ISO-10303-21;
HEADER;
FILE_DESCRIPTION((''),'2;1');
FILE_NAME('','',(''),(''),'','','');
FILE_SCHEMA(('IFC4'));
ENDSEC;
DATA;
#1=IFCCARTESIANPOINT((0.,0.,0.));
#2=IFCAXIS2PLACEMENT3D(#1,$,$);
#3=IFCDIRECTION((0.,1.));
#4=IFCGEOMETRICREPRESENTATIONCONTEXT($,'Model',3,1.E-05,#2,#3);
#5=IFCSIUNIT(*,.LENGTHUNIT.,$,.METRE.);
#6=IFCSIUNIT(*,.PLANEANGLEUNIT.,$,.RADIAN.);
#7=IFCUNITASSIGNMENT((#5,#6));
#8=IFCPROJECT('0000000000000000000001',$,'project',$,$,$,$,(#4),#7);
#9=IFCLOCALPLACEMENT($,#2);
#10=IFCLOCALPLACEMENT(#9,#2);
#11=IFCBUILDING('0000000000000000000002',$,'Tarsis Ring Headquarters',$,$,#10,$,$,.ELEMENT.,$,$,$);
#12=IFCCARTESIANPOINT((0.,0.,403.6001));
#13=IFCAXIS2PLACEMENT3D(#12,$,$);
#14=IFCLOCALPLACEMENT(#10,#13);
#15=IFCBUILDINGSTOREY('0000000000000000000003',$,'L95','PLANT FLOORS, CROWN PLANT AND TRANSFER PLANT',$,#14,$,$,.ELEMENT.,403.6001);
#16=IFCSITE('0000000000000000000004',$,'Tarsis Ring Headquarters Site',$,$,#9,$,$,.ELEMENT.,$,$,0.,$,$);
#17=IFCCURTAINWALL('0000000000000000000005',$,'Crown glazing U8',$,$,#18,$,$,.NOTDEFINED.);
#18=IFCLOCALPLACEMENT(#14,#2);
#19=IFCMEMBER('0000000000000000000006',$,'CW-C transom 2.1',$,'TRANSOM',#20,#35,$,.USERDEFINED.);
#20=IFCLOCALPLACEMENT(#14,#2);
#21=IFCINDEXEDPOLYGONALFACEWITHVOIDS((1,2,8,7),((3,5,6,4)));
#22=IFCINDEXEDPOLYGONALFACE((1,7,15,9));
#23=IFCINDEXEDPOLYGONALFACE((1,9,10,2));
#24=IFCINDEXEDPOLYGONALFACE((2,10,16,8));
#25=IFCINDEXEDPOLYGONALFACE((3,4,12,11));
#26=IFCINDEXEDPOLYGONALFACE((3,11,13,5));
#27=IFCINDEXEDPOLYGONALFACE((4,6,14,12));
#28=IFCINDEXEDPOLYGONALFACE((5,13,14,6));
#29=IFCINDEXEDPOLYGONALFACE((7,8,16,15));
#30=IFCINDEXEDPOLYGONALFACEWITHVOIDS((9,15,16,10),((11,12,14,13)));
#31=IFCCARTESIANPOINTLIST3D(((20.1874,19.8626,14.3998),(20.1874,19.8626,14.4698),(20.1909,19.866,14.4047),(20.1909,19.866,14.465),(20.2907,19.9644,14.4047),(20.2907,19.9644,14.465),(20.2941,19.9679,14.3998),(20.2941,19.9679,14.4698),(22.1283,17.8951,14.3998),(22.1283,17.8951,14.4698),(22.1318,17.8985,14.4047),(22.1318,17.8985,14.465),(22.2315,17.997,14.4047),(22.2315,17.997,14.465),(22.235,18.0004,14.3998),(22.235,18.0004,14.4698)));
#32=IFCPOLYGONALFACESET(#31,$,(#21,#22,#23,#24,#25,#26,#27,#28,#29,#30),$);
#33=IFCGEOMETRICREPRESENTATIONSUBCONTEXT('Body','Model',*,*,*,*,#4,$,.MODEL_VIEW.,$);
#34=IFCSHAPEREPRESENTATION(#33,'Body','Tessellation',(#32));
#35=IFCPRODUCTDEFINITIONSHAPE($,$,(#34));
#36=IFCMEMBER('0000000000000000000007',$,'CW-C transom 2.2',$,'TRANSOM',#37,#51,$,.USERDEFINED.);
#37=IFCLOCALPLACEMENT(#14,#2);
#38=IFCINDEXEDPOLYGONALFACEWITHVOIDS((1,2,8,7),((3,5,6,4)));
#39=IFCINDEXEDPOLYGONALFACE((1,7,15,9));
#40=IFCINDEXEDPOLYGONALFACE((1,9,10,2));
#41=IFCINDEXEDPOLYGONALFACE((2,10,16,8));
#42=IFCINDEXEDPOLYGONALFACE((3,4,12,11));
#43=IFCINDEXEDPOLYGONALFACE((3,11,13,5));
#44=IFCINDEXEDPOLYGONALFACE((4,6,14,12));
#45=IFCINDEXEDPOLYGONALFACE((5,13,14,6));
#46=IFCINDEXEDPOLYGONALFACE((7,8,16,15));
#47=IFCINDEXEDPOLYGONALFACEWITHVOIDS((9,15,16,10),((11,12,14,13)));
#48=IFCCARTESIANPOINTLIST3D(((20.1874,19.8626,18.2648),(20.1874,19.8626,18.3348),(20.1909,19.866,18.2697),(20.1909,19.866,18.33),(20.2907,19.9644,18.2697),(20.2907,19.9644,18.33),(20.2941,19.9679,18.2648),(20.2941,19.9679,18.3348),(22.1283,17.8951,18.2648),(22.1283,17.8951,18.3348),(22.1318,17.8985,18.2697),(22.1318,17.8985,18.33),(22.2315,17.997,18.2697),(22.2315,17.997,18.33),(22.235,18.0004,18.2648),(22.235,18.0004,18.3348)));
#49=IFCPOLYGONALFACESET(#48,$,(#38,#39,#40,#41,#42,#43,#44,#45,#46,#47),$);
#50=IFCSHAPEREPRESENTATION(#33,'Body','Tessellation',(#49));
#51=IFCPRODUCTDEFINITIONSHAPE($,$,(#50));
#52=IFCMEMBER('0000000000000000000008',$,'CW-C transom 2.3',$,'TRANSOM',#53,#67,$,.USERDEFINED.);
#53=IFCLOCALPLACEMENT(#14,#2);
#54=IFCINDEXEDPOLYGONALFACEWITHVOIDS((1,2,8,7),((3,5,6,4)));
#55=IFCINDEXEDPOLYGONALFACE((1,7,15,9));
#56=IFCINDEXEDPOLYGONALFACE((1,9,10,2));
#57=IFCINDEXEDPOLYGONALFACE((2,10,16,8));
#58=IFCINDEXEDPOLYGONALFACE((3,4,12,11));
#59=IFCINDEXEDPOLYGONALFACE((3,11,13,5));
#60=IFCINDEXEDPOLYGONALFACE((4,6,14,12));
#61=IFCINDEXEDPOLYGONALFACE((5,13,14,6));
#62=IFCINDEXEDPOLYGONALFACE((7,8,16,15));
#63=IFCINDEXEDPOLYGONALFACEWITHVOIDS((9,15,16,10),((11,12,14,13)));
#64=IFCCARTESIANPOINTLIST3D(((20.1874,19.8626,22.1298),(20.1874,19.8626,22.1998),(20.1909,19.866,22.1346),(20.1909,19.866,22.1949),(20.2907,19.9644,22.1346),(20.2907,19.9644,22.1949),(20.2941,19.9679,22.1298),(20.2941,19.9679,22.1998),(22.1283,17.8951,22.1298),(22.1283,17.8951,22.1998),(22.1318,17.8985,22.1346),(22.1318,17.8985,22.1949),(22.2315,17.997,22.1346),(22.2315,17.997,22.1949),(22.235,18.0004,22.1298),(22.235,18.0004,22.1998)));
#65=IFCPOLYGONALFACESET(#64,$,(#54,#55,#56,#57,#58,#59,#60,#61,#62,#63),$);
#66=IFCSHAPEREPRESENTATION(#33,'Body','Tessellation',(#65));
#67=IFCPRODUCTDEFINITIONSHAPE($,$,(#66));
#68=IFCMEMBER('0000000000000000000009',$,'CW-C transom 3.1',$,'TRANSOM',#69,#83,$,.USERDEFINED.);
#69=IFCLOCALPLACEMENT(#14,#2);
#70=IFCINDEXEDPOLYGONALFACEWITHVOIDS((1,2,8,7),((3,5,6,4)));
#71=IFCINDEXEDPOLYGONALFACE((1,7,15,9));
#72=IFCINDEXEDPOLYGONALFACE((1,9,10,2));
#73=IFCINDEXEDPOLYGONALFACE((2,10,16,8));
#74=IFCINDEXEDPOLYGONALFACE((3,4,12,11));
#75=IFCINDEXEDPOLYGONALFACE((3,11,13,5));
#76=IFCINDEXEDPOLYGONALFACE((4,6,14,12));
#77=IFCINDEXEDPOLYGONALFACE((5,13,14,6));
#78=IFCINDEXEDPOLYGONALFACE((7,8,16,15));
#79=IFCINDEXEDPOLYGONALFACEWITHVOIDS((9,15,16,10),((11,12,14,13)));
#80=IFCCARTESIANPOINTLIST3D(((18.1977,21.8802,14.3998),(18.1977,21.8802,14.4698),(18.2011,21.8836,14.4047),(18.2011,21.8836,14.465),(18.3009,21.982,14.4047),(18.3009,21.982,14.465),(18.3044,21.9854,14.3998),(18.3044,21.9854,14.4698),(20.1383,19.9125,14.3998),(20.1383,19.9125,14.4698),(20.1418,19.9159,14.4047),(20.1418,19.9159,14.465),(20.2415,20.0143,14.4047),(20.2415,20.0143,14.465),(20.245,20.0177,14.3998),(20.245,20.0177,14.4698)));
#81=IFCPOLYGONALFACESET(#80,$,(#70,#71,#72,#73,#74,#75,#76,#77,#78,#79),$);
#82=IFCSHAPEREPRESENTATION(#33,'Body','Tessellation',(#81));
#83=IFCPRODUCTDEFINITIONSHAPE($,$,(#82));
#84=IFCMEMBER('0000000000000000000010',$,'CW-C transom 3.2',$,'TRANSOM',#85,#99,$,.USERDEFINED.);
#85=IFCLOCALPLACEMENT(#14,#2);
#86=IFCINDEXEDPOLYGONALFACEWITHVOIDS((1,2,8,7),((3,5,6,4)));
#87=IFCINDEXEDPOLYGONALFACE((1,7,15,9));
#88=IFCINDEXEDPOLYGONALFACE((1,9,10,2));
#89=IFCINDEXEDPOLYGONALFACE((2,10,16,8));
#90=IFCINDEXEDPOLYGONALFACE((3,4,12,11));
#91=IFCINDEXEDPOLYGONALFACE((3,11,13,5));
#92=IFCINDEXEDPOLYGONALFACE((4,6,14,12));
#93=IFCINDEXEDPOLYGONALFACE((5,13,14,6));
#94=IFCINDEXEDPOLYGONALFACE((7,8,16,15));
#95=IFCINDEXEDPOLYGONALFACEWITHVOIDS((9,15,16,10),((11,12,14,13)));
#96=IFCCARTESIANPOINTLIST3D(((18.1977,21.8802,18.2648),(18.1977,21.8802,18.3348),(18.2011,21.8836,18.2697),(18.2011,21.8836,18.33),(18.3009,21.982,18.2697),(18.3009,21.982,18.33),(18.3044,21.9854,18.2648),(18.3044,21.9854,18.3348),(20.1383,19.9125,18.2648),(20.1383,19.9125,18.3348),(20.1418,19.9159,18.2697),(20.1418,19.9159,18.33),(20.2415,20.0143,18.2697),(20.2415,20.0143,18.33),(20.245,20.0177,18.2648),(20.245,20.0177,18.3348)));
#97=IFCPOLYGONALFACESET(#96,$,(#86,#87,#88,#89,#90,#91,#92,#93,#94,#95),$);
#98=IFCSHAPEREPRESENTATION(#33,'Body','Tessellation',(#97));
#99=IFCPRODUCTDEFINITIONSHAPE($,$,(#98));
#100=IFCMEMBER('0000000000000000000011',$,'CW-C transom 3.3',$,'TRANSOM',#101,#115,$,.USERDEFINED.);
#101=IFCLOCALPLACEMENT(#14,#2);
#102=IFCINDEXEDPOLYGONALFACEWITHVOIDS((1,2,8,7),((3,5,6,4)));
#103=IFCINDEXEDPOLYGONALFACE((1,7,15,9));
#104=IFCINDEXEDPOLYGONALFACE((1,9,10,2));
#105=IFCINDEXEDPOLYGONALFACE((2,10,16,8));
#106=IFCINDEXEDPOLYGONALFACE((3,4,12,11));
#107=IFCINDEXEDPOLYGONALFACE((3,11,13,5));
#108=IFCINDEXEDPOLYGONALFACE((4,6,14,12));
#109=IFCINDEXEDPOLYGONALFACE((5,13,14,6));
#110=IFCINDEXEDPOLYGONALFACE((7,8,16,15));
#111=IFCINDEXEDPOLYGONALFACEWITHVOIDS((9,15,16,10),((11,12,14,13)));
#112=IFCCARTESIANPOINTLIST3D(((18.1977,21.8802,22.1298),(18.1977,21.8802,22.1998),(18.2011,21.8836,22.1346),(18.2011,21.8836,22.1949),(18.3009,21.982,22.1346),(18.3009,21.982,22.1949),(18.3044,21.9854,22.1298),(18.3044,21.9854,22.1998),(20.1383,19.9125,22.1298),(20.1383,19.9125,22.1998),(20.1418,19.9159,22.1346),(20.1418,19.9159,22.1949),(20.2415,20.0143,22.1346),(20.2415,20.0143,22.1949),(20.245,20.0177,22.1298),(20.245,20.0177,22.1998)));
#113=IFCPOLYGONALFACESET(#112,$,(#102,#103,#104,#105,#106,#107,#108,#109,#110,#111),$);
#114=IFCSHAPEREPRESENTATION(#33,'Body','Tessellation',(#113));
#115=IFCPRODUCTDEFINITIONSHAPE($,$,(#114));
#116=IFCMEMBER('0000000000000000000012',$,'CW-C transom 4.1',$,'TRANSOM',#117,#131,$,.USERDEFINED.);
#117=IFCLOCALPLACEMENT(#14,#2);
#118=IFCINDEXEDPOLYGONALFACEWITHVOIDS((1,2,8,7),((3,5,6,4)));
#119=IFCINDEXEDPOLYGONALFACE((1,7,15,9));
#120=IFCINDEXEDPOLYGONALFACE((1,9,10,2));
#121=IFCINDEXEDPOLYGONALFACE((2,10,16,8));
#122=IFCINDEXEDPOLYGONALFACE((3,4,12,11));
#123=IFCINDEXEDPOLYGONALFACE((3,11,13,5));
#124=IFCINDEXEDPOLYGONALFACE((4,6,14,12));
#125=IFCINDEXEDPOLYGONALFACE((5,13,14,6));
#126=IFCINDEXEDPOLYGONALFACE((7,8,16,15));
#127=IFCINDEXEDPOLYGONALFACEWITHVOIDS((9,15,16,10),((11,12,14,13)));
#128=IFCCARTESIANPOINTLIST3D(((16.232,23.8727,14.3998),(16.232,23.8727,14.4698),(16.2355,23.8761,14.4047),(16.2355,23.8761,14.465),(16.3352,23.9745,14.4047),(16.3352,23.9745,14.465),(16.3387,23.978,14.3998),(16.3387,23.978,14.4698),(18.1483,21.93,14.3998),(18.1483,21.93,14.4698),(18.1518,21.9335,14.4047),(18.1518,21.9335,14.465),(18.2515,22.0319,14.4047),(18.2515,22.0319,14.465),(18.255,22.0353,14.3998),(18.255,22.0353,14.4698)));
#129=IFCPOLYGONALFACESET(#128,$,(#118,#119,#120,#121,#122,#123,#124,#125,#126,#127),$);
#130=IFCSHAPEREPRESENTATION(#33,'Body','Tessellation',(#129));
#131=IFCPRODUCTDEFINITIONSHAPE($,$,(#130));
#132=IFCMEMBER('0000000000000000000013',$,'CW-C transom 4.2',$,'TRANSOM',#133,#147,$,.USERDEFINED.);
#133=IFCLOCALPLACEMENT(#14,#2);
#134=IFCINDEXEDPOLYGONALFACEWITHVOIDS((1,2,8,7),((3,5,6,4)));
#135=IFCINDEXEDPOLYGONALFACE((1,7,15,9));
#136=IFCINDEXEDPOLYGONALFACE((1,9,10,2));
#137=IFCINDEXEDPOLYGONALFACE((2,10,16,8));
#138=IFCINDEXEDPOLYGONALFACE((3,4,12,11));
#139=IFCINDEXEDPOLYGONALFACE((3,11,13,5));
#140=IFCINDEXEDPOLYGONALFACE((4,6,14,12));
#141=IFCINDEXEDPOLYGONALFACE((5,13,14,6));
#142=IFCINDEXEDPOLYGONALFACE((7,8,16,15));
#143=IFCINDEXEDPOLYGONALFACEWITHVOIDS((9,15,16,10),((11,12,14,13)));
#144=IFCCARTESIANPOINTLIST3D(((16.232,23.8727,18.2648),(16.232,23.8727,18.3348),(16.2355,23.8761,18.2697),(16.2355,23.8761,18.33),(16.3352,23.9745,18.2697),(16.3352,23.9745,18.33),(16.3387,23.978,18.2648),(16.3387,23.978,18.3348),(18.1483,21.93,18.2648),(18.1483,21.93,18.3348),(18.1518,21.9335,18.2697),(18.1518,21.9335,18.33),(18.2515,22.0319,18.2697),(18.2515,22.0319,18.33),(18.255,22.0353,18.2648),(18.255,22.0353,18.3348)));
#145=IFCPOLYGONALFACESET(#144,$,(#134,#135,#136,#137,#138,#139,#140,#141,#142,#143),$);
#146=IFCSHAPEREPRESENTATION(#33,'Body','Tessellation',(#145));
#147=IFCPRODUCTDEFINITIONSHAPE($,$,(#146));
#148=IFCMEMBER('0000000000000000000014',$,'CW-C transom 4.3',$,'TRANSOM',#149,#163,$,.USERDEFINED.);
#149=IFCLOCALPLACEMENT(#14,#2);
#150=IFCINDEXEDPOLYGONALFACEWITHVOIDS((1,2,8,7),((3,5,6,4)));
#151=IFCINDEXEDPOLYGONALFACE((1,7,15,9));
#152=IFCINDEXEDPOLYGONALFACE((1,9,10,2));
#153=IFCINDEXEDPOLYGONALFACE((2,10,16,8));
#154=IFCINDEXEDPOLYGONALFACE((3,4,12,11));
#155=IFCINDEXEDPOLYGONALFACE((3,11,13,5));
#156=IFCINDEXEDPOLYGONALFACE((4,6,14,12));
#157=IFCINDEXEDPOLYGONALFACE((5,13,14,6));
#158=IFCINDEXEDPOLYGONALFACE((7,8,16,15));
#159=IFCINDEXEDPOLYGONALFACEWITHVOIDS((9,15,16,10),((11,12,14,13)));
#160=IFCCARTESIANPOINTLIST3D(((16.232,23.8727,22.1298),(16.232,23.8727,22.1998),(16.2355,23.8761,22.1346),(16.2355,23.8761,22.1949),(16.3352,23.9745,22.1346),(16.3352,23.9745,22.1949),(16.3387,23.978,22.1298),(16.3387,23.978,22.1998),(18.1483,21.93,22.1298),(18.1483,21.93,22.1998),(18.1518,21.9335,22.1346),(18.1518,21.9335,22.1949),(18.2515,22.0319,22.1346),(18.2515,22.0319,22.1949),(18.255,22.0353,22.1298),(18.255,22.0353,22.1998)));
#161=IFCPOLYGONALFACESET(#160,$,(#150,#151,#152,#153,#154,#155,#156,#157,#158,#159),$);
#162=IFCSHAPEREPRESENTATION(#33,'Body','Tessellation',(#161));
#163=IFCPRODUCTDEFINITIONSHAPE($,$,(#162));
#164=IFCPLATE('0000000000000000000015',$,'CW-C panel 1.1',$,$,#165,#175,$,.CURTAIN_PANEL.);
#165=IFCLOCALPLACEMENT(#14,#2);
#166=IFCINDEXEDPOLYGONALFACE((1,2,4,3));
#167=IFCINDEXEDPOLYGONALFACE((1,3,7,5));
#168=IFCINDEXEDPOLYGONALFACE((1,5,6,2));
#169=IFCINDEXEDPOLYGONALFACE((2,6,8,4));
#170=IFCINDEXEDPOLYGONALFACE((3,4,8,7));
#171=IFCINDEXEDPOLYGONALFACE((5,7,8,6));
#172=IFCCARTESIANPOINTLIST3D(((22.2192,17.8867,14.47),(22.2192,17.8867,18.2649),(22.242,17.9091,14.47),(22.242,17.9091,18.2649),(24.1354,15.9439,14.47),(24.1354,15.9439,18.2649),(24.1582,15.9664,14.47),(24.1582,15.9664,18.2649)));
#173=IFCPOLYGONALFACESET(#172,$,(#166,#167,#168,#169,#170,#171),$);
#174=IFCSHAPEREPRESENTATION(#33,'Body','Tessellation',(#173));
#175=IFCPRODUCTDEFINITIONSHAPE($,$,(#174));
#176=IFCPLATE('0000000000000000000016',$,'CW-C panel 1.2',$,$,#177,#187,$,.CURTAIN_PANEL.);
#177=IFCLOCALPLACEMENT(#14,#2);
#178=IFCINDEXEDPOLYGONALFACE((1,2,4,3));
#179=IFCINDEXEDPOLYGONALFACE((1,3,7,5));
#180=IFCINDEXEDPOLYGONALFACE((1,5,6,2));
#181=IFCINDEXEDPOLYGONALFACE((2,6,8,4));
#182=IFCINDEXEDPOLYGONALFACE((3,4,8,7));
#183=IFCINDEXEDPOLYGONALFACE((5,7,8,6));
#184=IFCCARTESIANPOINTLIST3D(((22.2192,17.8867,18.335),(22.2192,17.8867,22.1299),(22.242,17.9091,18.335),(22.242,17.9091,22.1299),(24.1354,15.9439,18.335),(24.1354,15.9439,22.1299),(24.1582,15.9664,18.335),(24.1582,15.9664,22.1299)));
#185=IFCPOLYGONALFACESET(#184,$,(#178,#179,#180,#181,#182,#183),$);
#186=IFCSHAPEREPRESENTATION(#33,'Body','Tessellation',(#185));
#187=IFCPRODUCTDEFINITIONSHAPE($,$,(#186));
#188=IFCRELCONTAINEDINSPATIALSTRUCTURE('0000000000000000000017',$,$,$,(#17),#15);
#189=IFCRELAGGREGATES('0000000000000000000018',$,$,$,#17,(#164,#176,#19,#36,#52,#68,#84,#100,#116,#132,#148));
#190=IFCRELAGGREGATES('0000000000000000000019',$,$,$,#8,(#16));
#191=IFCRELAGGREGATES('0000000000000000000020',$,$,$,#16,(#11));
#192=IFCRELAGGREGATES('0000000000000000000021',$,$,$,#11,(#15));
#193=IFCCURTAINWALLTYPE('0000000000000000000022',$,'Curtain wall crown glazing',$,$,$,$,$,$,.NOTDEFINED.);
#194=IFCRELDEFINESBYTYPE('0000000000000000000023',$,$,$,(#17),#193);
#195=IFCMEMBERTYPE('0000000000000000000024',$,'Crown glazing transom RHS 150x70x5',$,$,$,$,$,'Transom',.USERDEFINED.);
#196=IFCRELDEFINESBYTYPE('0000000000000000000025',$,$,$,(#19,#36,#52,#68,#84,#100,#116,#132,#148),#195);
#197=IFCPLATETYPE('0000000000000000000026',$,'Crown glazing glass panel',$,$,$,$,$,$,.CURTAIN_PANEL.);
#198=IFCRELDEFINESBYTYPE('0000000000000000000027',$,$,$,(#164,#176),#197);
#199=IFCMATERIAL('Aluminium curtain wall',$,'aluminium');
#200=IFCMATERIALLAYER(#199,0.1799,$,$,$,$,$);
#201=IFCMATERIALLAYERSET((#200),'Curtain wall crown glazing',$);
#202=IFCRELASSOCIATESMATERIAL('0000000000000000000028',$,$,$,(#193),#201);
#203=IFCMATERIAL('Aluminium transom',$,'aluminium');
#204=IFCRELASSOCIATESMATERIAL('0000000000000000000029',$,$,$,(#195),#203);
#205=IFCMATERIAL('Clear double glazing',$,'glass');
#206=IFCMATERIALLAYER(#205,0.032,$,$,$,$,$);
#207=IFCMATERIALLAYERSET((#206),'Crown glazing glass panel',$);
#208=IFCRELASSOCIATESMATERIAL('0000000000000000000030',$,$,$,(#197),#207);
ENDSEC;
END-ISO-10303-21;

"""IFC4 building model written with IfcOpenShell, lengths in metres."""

from ifc_helpers import new_model, si_unit, direction, frame, origin, origin_2d, place, context, subcontext, project, spatial, rectangle, hollow_rectangle, extrude, material, layer, layer_set, material_profile, profile_set, type_object, element, aggregate, save


model = new_model("IFC4")

# Units and contexts
model_context = context("Model", 3, precision=1e-05, world=origin(), true_north=direction((0.0, 1.0)))
body_context = subcontext(model_context, "Body", "Model", "MODEL_VIEW")
ifc_project = project(units=[si_unit("LENGTHUNIT", "METRE"), si_unit("PLANEANGLEUNIT", "RADIAN")], contexts=[model_context])

# Site, building, storey
site_placement = place(None, origin())
site = spatial("IfcSite", under=ifc_project, at=site_placement, Name="Tarsis Ring Headquarters Site", CompositionType="ELEMENT", RefElevation=0.0)
building_placement = place(site_placement, origin())
building = spatial("IfcBuilding", under=site, at=building_placement, Name="Tarsis Ring Headquarters", CompositionType="ELEMENT")
storey_placement = place(building_placement, frame((0.0, 0.0, 403.6001)))
storey = spatial("IfcBuildingStorey", under=building, at=storey_placement, Name="L95", Description="PLANT FLOORS, CROWN PLANT AND TRANSFER PLANT", CompositionType="ELEMENT", Elevation=403.6001)

# Curtain wall, members, plates
ifc_material_1 = material(Name="Aluminium curtain wall", Category="aluminium")
ifc_layer_1 = layer(ifc_material_1, 0.1799)
ifc_layer_set_1 = layer_set([ifc_layer_1], Name="Curtain wall crown glazing")
curtain_wall_type = type_object("IfcCurtainWallType", Name="Curtain wall crown glazing", PredefinedType="NOTDEFINED", material=ifc_layer_set_1)
curtain_wall_placement = place(storey_placement, origin())
curtain_wall = element("IfcCurtainWall", 1, at=curtain_wall_placement, inside=storey, type_object=curtain_wall_type, Name="Crown glazing U8", PredefinedType="NOTDEFINED")
ifc_material_2 = material(Name="Aluminium transom", Category="aluminium")
ifc_material_profile_1 = material_profile(ifc_material_2, hollow_rectangle(XDim=0.1499, YDim=0.0701, WallThickness=0.0049, at=origin_2d()), Name="RHS 150x70x5")
ifc_profile_set_1 = profile_set([ifc_material_profile_1], Name="Aluminium transom")
member_type_1 = type_object("IfcMemberType", Name="Crown glazing transom RHS 150x70x5", ElementType="Transom", PredefinedType="USERDEFINED", material=ifc_profile_set_1)
member_1_placement = place(storey_placement, frame((22.1816, 17.9478, 14.4348), z_axis=(-0.702276, 0.711905, 0.0), x_axis=(-0.711905, -0.702276, 0.0)))
member_1 = element("IfcMember", 2, at=member_1_placement, type_object=member_type_1, Name="CW-C transom 2.1", ObjectType="TRANSOM", PredefinedType="USERDEFINED", context=body_context, shape_type="SweptSolid", body=[
    extrude(hollow_rectangle(XDim=0.1499, YDim=0.0701, WallThickness=0.0049, at=origin_2d()), origin(), (0.0, 0.0, 1.0), 2.7637),
])
member_2_placement = place(storey_placement, frame((22.1816, 17.9478, 18.2998), z_axis=(-0.702276, 0.711905, 0.0), x_axis=(-0.711905, -0.702276, 0.0)))
member_2 = element("IfcMember", 3, at=member_2_placement, type_object=member_type_1, Name="CW-C transom 2.2", ObjectType="TRANSOM", PredefinedType="USERDEFINED", context=body_context, shape_type="SweptSolid", body=[
    extrude(hollow_rectangle(XDim=0.1499, YDim=0.0701, WallThickness=0.0049, at=origin_2d()), origin(), (0.0, 0.0, 1.0), 2.7637),
])
member_3_placement = place(storey_placement, frame((22.1816, 17.9478, 22.1648), z_axis=(-0.702276, 0.711905, 0.0), x_axis=(-0.711905, -0.702276, 0.0)))
member_3 = element("IfcMember", 4, at=member_3_placement, type_object=member_type_1, Name="CW-C transom 2.3", ObjectType="TRANSOM", PredefinedType="USERDEFINED", context=body_context, shape_type="SweptSolid", body=[
    extrude(hollow_rectangle(XDim=0.1499, YDim=0.0701, WallThickness=0.0049, at=origin_2d()), origin(), (0.0, 0.0, 1.0), 2.7637),
])
member_4_placement = place(storey_placement, frame((20.1917, 19.9651, 14.4348), z_axis=(-0.702187, 0.711992, 0.0), x_axis=(-0.711992, -0.702187, 0.0)))
member_4 = element("IfcMember", 5, at=member_4_placement, type_object=member_type_1, Name="CW-C transom 3.1", ObjectType="TRANSOM", PredefinedType="USERDEFINED", context=body_context, shape_type="SweptSolid", body=[
    extrude(hollow_rectangle(XDim=0.1499, YDim=0.0701, WallThickness=0.0049, at=origin_2d()), origin(), (0.0, 0.0, 1.0), 2.7637),
])
member_5_placement = place(storey_placement, frame((20.1917, 19.9651, 18.2998), z_axis=(-0.702187, 0.711992, 0.0), x_axis=(-0.711992, -0.702187, 0.0)))
member_5 = element("IfcMember", 6, at=member_5_placement, type_object=member_type_1, Name="CW-C transom 3.2", ObjectType="TRANSOM", PredefinedType="USERDEFINED", context=body_context, shape_type="SweptSolid", body=[
    extrude(hollow_rectangle(XDim=0.1499, YDim=0.0701, WallThickness=0.0049, at=origin_2d()), origin(), (0.0, 0.0, 1.0), 2.7637),
])
member_6_placement = place(storey_placement, frame((20.1917, 19.9651, 22.1648), z_axis=(-0.702187, 0.711992, 0.0), x_axis=(-0.711992, -0.702187, 0.0)))
member_6 = element("IfcMember", 7, at=member_6_placement, type_object=member_type_1, Name="CW-C transom 3.3", ObjectType="TRANSOM", PredefinedType="USERDEFINED", context=body_context, shape_type="SweptSolid", body=[
    extrude(hollow_rectangle(XDim=0.1499, YDim=0.0701, WallThickness=0.0049, at=origin_2d()), origin(), (0.0, 0.0, 1.0), 2.7637),
])
member_7_placement = place(storey_placement, frame((18.2017, 21.9827, 14.4348), z_axis=(-0.702259, 0.711922, 0.0), x_axis=(-0.711922, -0.702259, 0.0)))
member_7 = element("IfcMember", 8, at=member_7_placement, type_object=member_type_1, Name="CW-C transom 4.1", ObjectType="TRANSOM", PredefinedType="USERDEFINED", context=body_context, shape_type="SweptSolid", body=[
    extrude(hollow_rectangle(XDim=0.1499, YDim=0.0701, WallThickness=0.0049, at=origin_2d()), origin(), (0.0, 0.0, 1.0), 2.7288),
])
member_8_placement = place(storey_placement, frame((18.2017, 21.9827, 18.2998), z_axis=(-0.702259, 0.711922, 0.0), x_axis=(-0.711922, -0.702259, 0.0)))
member_8 = element("IfcMember", 9, at=member_8_placement, type_object=member_type_1, Name="CW-C transom 4.2", ObjectType="TRANSOM", PredefinedType="USERDEFINED", context=body_context, shape_type="SweptSolid", body=[
    extrude(hollow_rectangle(XDim=0.1499, YDim=0.0701, WallThickness=0.0049, at=origin_2d()), origin(), (0.0, 0.0, 1.0), 2.7288),
])
member_9_placement = place(storey_placement, frame((18.2017, 21.9827, 22.1648), z_axis=(-0.702259, 0.711922, 0.0), x_axis=(-0.711922, -0.702259, 0.0)))
member_9 = element("IfcMember", 10, at=member_9_placement, type_object=member_type_1, Name="CW-C transom 4.3", ObjectType="TRANSOM", PredefinedType="USERDEFINED", context=body_context, shape_type="SweptSolid", body=[
    extrude(hollow_rectangle(XDim=0.1499, YDim=0.0701, WallThickness=0.0049, at=origin_2d()), origin(), (0.0, 0.0, 1.0), 2.7288),
])
ifc_material_3 = material(Name="Clear double glazing", Category="glass")
ifc_layer_2 = layer(ifc_material_3, 0.032)
ifc_layer_set_2 = layer_set([ifc_layer_2], Name="Crown glazing glass panel")
plate_type = type_object("IfcPlateType", Name="Crown glazing glass panel", PredefinedType="CURTAIN_PANEL", material=ifc_layer_set_2)
plate_1_placement = place(storey_placement, frame((23.1887, 16.9265, 14.47), z_axis=(0.0, 0.0, 1.0), x_axis=(-0.702231, 0.711949, 0.0)))
plate_1 = element("IfcPlate", 11, at=plate_1_placement, type_object=plate_type, Name="CW-C panel 1.1", PredefinedType="CURTAIN_PANEL", context=body_context, shape_type="SweptSolid", body=[
    extrude(rectangle(XDim=2.7288, YDim=0.032, at=origin_2d()), origin(), (0.0, 0.0, 1.0), 3.7949),
])
plate_2_placement = place(storey_placement, frame((23.1887, 16.9265, 18.335), z_axis=(0.0, 0.0, 1.0), x_axis=(-0.702231, 0.711949, 0.0)))
plate_2 = element("IfcPlate", 12, at=plate_2_placement, type_object=plate_type, Name="CW-C panel 1.2", PredefinedType="CURTAIN_PANEL", context=body_context, shape_type="SweptSolid", body=[
    extrude(rectangle(XDim=2.7288, YDim=0.032, at=origin_2d()), origin(), (0.0, 0.0, 1.0), 3.7949),
])
aggregate(curtain_wall, [plate_1, plate_2, member_1, member_2, member_3, member_4, member_5, member_6, member_7, member_8, member_9])

save(model, "model.ifc")
